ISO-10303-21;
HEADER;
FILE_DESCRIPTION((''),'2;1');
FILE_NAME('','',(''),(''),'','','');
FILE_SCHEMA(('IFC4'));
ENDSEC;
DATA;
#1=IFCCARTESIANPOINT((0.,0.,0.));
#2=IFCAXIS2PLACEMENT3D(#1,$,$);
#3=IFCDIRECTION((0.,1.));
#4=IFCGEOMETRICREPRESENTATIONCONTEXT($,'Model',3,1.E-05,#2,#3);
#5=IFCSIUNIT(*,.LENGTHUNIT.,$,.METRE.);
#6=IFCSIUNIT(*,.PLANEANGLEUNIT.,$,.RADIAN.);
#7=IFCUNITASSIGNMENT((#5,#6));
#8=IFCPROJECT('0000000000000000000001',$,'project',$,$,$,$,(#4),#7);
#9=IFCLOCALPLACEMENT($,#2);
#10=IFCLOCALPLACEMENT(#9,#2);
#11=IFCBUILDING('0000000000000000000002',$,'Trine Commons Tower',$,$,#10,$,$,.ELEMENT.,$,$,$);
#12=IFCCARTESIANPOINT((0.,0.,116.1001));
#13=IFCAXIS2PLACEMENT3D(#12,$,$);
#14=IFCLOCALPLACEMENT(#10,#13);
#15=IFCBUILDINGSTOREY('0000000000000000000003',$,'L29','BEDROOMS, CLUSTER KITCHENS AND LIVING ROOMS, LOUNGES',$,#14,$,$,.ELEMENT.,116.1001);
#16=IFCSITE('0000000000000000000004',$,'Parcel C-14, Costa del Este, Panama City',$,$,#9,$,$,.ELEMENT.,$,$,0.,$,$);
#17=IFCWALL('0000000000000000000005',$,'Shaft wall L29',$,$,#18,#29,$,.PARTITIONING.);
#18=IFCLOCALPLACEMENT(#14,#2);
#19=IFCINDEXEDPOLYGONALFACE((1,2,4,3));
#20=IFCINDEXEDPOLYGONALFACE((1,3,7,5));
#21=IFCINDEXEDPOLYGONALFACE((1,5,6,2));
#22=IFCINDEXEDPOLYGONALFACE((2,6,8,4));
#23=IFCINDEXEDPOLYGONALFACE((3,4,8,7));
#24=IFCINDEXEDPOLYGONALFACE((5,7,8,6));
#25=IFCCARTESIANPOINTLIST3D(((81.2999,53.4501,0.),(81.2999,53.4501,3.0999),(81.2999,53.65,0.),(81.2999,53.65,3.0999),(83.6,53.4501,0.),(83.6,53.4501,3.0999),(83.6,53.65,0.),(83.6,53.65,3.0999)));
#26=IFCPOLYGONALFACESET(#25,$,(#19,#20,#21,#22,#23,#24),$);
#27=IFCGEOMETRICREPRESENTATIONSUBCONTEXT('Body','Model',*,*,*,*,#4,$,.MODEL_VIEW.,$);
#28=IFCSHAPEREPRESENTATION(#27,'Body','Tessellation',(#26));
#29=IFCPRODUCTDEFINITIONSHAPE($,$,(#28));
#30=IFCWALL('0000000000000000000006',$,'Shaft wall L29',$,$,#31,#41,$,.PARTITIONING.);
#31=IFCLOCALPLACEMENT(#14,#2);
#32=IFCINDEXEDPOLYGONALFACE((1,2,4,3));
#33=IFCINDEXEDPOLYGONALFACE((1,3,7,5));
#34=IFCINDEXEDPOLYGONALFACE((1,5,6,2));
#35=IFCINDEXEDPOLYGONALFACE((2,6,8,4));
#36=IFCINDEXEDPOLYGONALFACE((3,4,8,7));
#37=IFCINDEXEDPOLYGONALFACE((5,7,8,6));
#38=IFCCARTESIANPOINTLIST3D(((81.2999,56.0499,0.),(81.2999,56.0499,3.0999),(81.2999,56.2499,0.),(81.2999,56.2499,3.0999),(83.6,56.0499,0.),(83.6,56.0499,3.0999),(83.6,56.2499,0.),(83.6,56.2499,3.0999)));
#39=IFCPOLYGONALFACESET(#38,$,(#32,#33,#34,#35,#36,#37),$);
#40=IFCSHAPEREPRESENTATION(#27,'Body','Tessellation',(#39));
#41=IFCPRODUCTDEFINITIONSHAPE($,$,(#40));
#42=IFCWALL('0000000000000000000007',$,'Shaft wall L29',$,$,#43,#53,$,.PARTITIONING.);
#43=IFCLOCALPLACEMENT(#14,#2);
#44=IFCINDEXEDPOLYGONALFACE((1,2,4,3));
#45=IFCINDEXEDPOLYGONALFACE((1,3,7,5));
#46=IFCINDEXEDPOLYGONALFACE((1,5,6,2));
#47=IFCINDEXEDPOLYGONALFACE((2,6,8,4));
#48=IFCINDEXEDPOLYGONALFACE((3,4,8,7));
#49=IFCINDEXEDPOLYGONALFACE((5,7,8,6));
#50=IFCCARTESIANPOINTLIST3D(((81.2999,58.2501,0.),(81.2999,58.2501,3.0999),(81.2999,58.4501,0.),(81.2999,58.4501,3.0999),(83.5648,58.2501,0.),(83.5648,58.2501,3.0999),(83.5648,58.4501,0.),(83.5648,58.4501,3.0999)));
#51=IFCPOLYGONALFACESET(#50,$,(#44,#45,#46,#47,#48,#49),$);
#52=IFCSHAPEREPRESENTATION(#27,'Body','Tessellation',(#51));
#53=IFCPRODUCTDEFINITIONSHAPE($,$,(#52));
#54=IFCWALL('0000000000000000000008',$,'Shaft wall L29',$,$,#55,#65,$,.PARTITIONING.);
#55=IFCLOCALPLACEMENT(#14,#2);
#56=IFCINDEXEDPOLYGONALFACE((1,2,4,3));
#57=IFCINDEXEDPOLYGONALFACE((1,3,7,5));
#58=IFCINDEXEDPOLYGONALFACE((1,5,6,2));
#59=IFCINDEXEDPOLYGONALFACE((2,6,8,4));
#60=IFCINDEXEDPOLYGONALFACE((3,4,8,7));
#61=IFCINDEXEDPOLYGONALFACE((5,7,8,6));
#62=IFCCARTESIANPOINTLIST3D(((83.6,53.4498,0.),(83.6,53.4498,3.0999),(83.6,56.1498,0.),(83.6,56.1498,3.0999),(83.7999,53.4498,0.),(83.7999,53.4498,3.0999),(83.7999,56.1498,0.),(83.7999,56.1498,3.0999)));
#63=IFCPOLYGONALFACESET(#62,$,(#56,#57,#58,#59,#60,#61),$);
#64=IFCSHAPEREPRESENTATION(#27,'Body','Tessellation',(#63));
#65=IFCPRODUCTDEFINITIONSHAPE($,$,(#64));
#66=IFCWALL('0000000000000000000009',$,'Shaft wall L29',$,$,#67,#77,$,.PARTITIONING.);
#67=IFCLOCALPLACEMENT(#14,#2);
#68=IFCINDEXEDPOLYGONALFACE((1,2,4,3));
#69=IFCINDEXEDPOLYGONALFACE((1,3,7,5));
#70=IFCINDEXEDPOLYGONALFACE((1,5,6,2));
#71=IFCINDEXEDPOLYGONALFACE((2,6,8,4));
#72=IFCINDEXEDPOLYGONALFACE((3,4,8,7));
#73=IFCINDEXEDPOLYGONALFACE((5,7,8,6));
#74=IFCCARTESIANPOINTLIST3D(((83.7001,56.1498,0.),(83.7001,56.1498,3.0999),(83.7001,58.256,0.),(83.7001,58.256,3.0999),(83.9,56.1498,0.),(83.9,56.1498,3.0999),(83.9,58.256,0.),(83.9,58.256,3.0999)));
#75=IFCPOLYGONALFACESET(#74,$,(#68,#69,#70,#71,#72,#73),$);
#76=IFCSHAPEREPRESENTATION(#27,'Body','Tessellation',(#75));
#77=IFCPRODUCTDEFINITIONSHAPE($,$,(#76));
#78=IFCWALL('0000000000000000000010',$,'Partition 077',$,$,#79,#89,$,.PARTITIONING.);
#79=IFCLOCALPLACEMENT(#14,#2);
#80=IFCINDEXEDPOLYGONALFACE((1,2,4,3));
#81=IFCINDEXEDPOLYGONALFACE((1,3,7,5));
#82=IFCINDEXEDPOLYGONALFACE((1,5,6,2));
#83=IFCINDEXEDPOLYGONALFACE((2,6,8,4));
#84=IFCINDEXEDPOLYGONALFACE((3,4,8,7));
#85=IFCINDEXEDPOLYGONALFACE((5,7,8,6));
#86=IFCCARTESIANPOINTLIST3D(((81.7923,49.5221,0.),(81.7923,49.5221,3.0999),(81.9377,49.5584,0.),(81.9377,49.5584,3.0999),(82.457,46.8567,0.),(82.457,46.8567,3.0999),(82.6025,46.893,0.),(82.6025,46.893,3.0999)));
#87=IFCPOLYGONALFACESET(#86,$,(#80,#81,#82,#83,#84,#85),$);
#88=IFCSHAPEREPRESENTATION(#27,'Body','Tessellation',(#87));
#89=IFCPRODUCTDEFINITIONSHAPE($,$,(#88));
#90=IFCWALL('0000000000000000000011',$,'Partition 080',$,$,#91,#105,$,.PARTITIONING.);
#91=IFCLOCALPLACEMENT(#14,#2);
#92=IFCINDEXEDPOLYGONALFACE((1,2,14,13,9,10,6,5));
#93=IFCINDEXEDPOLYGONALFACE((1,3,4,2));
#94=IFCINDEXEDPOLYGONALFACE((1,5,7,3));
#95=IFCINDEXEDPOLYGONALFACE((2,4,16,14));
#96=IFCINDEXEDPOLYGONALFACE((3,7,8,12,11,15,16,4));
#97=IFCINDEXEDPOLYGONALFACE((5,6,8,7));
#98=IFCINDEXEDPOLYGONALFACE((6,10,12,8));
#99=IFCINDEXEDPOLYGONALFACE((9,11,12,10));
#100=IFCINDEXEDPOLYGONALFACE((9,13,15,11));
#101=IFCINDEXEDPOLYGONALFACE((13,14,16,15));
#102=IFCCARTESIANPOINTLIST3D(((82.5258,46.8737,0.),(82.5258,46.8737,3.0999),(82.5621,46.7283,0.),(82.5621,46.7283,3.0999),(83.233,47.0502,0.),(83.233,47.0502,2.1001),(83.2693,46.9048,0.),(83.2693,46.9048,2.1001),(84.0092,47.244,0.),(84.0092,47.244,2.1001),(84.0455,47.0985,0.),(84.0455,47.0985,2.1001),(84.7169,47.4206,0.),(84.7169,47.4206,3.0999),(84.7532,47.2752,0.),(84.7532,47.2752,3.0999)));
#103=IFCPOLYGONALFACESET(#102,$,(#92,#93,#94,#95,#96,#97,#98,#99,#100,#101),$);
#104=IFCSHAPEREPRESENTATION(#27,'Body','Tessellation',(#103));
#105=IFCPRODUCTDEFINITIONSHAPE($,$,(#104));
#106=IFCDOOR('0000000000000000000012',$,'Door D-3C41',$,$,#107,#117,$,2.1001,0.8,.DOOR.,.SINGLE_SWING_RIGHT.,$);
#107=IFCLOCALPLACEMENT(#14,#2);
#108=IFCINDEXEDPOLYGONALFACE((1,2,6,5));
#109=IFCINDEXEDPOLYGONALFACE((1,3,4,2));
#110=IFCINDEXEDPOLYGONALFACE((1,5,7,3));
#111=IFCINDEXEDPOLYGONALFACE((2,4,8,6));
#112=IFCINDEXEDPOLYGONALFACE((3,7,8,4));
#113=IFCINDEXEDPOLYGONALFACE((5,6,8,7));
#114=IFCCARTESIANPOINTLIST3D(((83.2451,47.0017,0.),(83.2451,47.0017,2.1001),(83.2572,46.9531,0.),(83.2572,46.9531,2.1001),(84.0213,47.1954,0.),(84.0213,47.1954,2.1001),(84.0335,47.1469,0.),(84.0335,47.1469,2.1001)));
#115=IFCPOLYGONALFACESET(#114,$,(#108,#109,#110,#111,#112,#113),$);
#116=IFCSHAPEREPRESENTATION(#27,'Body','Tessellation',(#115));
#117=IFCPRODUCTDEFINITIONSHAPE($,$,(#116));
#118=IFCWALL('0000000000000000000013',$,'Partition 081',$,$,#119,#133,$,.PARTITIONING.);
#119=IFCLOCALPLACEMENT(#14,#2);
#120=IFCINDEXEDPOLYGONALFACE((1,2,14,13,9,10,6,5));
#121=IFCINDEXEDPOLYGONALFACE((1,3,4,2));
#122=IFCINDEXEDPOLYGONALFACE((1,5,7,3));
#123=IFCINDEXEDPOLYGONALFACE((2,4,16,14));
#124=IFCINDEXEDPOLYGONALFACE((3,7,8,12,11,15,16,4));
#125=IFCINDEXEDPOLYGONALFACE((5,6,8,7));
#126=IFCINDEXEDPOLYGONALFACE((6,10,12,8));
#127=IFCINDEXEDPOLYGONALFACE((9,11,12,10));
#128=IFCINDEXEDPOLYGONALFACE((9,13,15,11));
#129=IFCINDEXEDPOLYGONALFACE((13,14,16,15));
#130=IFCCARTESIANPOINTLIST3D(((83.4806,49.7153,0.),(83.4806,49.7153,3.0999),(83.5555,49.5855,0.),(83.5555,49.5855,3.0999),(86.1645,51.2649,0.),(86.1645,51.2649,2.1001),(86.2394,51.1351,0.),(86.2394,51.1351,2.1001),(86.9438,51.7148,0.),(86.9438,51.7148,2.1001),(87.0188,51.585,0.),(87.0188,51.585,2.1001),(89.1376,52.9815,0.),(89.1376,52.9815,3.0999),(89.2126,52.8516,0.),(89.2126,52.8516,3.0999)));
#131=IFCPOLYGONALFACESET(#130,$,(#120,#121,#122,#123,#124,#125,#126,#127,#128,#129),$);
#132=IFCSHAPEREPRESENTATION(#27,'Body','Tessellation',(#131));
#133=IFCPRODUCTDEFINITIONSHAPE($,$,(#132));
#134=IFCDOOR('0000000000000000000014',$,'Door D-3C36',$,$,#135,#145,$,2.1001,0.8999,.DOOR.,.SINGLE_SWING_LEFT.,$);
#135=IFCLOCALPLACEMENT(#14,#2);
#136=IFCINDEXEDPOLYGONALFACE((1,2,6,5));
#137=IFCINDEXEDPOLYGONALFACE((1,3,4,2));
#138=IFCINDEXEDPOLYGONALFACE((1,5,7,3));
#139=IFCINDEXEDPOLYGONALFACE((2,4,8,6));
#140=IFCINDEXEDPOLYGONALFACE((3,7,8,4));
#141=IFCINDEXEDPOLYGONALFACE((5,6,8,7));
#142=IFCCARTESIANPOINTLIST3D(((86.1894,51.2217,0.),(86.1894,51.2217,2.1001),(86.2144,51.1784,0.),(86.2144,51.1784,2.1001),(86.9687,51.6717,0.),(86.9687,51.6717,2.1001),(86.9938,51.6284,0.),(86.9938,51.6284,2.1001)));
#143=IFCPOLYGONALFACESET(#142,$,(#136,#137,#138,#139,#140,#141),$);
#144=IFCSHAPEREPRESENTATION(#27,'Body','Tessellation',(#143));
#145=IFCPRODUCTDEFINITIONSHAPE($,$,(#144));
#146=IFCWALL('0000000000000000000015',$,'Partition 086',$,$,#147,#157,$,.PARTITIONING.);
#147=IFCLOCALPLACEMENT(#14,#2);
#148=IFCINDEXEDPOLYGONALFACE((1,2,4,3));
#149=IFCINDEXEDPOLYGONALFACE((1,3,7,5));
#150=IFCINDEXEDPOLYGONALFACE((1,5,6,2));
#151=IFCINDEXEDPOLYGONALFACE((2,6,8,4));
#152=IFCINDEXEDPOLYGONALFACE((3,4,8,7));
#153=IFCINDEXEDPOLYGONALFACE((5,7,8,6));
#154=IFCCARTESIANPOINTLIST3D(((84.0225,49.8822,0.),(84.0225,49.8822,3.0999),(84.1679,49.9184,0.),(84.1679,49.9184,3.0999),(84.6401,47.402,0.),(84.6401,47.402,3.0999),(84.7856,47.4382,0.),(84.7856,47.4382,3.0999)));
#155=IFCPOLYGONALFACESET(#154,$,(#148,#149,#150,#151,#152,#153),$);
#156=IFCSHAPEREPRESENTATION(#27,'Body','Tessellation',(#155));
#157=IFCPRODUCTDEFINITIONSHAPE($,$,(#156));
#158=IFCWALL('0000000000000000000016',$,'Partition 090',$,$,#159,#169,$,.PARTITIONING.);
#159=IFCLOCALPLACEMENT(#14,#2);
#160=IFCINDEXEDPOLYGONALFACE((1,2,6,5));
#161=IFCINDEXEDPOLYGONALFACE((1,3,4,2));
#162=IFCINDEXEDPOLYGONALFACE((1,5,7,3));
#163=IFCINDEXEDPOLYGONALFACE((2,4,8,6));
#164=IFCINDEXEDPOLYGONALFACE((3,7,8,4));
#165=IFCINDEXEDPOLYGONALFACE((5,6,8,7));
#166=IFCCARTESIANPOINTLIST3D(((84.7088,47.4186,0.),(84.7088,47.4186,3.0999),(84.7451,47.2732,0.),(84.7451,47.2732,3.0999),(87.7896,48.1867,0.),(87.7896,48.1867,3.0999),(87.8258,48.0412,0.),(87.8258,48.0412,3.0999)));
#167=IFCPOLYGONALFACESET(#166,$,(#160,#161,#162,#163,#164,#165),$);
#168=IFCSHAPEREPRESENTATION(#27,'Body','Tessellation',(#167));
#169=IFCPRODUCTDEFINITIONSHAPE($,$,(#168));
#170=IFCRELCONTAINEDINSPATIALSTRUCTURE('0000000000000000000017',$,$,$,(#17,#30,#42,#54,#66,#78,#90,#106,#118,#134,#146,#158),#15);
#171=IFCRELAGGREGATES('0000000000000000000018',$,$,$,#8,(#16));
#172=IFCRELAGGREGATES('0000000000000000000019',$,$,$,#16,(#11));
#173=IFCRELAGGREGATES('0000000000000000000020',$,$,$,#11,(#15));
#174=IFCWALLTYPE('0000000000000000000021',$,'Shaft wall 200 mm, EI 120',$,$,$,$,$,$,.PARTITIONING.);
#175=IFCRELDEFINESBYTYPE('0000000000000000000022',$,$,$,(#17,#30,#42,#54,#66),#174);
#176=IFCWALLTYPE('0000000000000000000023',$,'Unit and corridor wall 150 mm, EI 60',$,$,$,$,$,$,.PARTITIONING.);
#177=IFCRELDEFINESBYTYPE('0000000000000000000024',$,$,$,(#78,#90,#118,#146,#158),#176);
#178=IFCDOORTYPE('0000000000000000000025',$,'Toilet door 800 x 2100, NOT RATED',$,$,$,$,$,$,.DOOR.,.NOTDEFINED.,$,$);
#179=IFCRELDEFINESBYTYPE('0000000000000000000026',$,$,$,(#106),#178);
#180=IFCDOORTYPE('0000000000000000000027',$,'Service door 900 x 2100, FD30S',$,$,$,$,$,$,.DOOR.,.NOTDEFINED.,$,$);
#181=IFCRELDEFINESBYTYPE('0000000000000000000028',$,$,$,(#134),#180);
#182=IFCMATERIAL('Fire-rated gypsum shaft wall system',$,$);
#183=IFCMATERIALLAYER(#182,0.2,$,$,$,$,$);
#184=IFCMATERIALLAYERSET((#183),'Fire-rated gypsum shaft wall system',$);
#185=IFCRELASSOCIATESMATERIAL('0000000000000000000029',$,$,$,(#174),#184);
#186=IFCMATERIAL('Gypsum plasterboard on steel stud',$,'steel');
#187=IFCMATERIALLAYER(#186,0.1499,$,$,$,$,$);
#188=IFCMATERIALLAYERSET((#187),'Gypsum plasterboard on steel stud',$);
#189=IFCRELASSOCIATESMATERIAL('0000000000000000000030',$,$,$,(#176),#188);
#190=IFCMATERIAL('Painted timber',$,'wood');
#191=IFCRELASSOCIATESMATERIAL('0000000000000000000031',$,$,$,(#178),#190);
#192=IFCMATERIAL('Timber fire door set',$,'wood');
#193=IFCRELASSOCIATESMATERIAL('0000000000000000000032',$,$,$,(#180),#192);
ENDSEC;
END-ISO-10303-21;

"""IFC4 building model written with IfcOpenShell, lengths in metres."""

from ifc_helpers import new_model, si_unit, direction, frame, frame_2d, origin, place, context, subcontext, project, spatial, rectangle, extrude, material, layer, layer_set, type_object, element, fill, save


model = new_model("IFC4")

# Units and contexts
model_context = context("Model", 3, precision=1e-05, world=origin(), true_north=direction((0.0, 1.0)))
body_context = subcontext(model_context, "Body", "Model", "MODEL_VIEW")
ifc_project = project(units=[si_unit("LENGTHUNIT", "METRE"), si_unit("PLANEANGLEUNIT", "RADIAN")], contexts=[model_context])

# Site, building, storey
site_placement = place(None, origin())
site = spatial("IfcSite", under=ifc_project, at=site_placement, Name="Parcel C-14, Costa del Este, Panama City", CompositionType="ELEMENT", RefElevation=0.0)
building_placement = place(site_placement, origin())
building = spatial("IfcBuilding", under=site, at=building_placement, Name="Trine Commons Tower", CompositionType="ELEMENT")
storey_placement = place(building_placement, frame((0.0, 0.0, 116.1001)))
storey = spatial("IfcBuildingStorey", under=building, at=storey_placement, Name="L29", Description="BEDROOMS, CLUSTER KITCHENS AND LIVING ROOMS, LOUNGES", CompositionType="ELEMENT", Elevation=116.1001)

# Walls
ifc_material_1 = material(Name="Fire-rated gypsum shaft wall system")
ifc_layer_1 = layer(ifc_material_1, 0.2)
ifc_layer_set_1 = layer_set([ifc_layer_1], Name="Fire-rated gypsum shaft wall system")
wall_type_1 = type_object("IfcWallType", Name="Shaft wall 200 mm, EI 120", PredefinedType="PARTITIONING", material=ifc_layer_set_1)
for number, where, z_axis, x_axis, name in (
    (1, (81.3, 53.55, 0.0), (0.0, 0.0, 1.0), (1.0, 0.0, 0.0), "Shaft wall L29"),
    (2, (81.3, 56.1499, 0.0), (0.0, 0.0, 1.0), (1.0, 0.0, 0.0), "Shaft wall L29"),
):
    element("IfcWall", number, at=place(storey_placement, frame(where, z_axis=z_axis, x_axis=x_axis)), inside=storey, type_object=wall_type_1, Name=name, PredefinedType="PARTITIONING", context=body_context, shape_type="SweptSolid", body=[
        extrude(rectangle(XDim=2.3, YDim=0.2, at=frame_2d((1.1499, 0.0))), origin(), (0.0, 0.0, 1.0), 3.0999),
    ])
wall_1_placement = place(storey_placement, frame((81.3, 58.3501, 0.0), z_axis=(0.0, 0.0, 1.0), x_axis=(1.0, 0.0, 0.0)))
element("IfcWall", 3, at=wall_1_placement, inside=storey, type_object=wall_type_1, Name="Shaft wall L29", PredefinedType="PARTITIONING", context=body_context, shape_type="SweptSolid", body=[
    extrude(rectangle(XDim=2.2649, YDim=0.2, at=frame_2d((1.1323, 0.0))), origin(), (0.0, 0.0, 1.0), 3.0999),
])
wall_2_placement = place(storey_placement, frame((83.7, 56.1499, 0.0), z_axis=(0.0, 0.0, 1.0), x_axis=(0.0, -1.0, 0.0)))
element("IfcWall", 4, at=wall_2_placement, inside=storey, type_object=wall_type_1, Name="Shaft wall L29", PredefinedType="PARTITIONING", context=body_context, shape_type="SweptSolid", body=[
    extrude(rectangle(XDim=2.7, YDim=0.2, at=frame_2d((1.3501, 0.0))), origin(), (0.0, 0.0, 1.0), 3.0999),
])
wall_3_placement = place(storey_placement, frame((83.8, 58.2561, 0.0), z_axis=(0.0, 0.0, 1.0), x_axis=(0.0, -1.0, 0.0)))
element("IfcWall", 5, at=wall_3_placement, inside=storey, type_object=wall_type_1, Name="Shaft wall L29", PredefinedType="PARTITIONING", context=body_context, shape_type="SweptSolid", body=[
    extrude(rectangle(XDim=2.1062, YDim=0.2, at=frame_2d((1.0532, 0.0))), origin(), (0.0, 0.0, 1.0), 3.0999),
])
ifc_material_2 = material(Name="Gypsum plasterboard on steel stud", Category="steel")
ifc_layer_2 = layer(ifc_material_2, 0.1499)
ifc_layer_set_2 = layer_set([ifc_layer_2], Name="Gypsum plasterboard on steel stud")
wall_type_2 = type_object("IfcWallType", Name="Unit and corridor wall 150 mm, EI 60", PredefinedType="PARTITIONING", material=ifc_layer_set_2)
wall_4_placement = place(storey_placement, frame((81.865, 49.5403, 0.0), z_axis=(0.0, 0.0, 1.0), x_axis=(0.241992, -0.970278, 0.0)))
element("IfcWall", 6, at=wall_4_placement, inside=storey, type_object=wall_type_2, Name="Partition 077", PredefinedType="PARTITIONING", context=body_context, shape_type="SweptSolid", body=[
    extrude(rectangle(XDim=2.7471, YDim=0.1499, at=frame_2d((1.3735, 0.0))), origin(), (0.0, 0.0, 1.0), 3.0999),
])

# Walls, openings, doors
wall_5_placement = place(storey_placement, frame((82.5439, 46.801, 0.0), z_axis=(0.0, 0.0, 1.0), x_axis=(0.970238, 0.242154, 0.0)))
wall_5 = element("IfcWall", 7, at=wall_5_placement, inside=storey, type_object=wall_type_2, Name="Partition 080", PredefinedType="PARTITIONING", context=body_context, shape_type="SweptSolid", body=[
    extrude(rectangle(XDim=2.2583, YDim=0.1499, at=frame_2d((1.1292, 0.0))), origin(), (0.0, 0.0, 1.0), 3.0999),
])
opening_1_placement = place(wall_5_placement, frame((0.729, 0.0, 0.0)))
opening_1 = element("IfcOpeningElement", 8, at=opening_1_placement, cuts=wall_5, PredefinedType="OPENING", context=body_context, shape_type="SweptSolid", body=[
    extrude(rectangle(XDim=0.8, YDim=2.1001, at=frame_2d((0.3999, 1.05))), frame((0.0, 0.085, 0.0), z_axis=(0.0, -1.0, 0.0), x_axis=(1.0, 0.0, 0.0)), (0.0, 0.0, 1.0), 0.1699),
])
ifc_material_3 = material(Name="Painted timber", Category="wood")
door_type_1 = type_object("IfcDoorType", Name="Toilet door 800 x 2100, NOT RATED", OperationType="NOTDEFINED", PredefinedType="DOOR", material=ifc_material_3)
door_1_placement = place(opening_1_placement, origin())
door_1 = element("IfcDoor", 9, at=door_1_placement, inside=storey, type_object=door_type_1, Name="Door D-3C41", OperationType="SINGLE_SWING_RIGHT", OverallHeight=2.1001, OverallWidth=0.8, PredefinedType="DOOR", context=body_context, shape_type="SweptSolid", body=[
    extrude(rectangle(XDim=0.8, YDim=2.1001, at=frame_2d((0.3999, 1.05))), frame((0.0, 0.0249, 0.0), z_axis=(0.0, -1.0, 0.0), x_axis=(1.0, 0.0, 0.0)), (0.0, 0.0, 1.0), 0.05),
])
fill(opening_1, door_1)
wall_6_placement = place(storey_placement, frame((83.5181, 49.6504, 0.0), z_axis=(0.0, 0.0, 1.0), x_axis=(0.866022, 0.500006, 0.0)))
wall_6 = element("IfcWall", 10, at=wall_6_placement, inside=storey, type_object=wall_type_2, Name="Partition 081", PredefinedType="PARTITIONING", context=body_context, shape_type="SweptSolid", body=[
    extrude(rectangle(XDim=6.5322, YDim=0.1499, at=frame_2d((3.2661, 0.0))), origin(), (0.0, 0.0, 1.0), 3.0999),
])
opening_2_placement = place(wall_6_placement, frame((3.0991, 0.0, 0.0)))
opening_2 = element("IfcOpeningElement", 11, at=opening_2_placement, cuts=wall_6, PredefinedType="OPENING", context=body_context, shape_type="SweptSolid", body=[
    extrude(rectangle(XDim=0.8999, YDim=2.1001, at=frame_2d((0.45, 1.05))), frame((0.0, 0.085, 0.0), z_axis=(0.0, -1.0, 0.0), x_axis=(1.0, 0.0, 0.0)), (0.0, 0.0, 1.0), 0.1699),
])
ifc_material_4 = material(Name="Timber fire door set", Category="wood")
door_type_2 = type_object("IfcDoorType", Name="Service door 900 x 2100, FD30S", OperationType="NOTDEFINED", PredefinedType="DOOR", material=ifc_material_4)
door_2_placement = place(opening_2_placement, frame((0.8999, 0.0, 0.0), z_axis=(0.0, 0.0, 1.0), x_axis=(-1.0, 0.0, 0.0)))
door_2 = element("IfcDoor", 12, at=door_2_placement, inside=storey, type_object=door_type_2, Name="Door D-3C36", OperationType="SINGLE_SWING_LEFT", OverallHeight=2.1001, OverallWidth=0.8999, PredefinedType="DOOR", context=body_context, shape_type="SweptSolid", body=[
    extrude(rectangle(XDim=0.8999, YDim=2.1001, at=frame_2d((0.45, 1.05))), frame((0.0, 0.0249, 0.0), z_axis=(0.0, -1.0, 0.0), x_axis=(1.0, 0.0, 0.0)), (0.0, 0.0, 1.0), 0.05),
])
fill(opening_2, door_2)

# Walls
wall_7_placement = place(storey_placement, frame((84.0952, 49.9001, 0.0), z_axis=(0.0, 0.0, 1.0), x_axis=(0.241659, -0.970361, 0.0)))
element("IfcWall", 13, at=wall_7_placement, inside=storey, type_object=wall_type_2, Name="Partition 086", PredefinedType="PARTITIONING", context=body_context, shape_type="SweptSolid", body=[
    extrude(rectangle(XDim=2.5559, YDim=0.1499, at=frame_2d((1.2778, 0.0))), origin(), (0.0, 0.0, 1.0), 3.0999),
])
wall_8_placement = place(storey_placement, frame((84.7271, 47.3459, 0.0), z_axis=(0.0, 0.0, 1.0), x_axis=(0.970301, 0.241902, 0.0)))
element("IfcWall", 14, at=wall_8_placement, inside=storey, type_object=wall_type_2, Name="Partition 090", PredefinedType="PARTITIONING", context=body_context, shape_type="SweptSolid", body=[
    extrude(rectangle(XDim=3.175, YDim=0.1499, at=frame_2d((1.5874, 0.0))), origin(), (0.0, 0.0, 1.0), 3.0999),
])

save(model, "model.ifc")
